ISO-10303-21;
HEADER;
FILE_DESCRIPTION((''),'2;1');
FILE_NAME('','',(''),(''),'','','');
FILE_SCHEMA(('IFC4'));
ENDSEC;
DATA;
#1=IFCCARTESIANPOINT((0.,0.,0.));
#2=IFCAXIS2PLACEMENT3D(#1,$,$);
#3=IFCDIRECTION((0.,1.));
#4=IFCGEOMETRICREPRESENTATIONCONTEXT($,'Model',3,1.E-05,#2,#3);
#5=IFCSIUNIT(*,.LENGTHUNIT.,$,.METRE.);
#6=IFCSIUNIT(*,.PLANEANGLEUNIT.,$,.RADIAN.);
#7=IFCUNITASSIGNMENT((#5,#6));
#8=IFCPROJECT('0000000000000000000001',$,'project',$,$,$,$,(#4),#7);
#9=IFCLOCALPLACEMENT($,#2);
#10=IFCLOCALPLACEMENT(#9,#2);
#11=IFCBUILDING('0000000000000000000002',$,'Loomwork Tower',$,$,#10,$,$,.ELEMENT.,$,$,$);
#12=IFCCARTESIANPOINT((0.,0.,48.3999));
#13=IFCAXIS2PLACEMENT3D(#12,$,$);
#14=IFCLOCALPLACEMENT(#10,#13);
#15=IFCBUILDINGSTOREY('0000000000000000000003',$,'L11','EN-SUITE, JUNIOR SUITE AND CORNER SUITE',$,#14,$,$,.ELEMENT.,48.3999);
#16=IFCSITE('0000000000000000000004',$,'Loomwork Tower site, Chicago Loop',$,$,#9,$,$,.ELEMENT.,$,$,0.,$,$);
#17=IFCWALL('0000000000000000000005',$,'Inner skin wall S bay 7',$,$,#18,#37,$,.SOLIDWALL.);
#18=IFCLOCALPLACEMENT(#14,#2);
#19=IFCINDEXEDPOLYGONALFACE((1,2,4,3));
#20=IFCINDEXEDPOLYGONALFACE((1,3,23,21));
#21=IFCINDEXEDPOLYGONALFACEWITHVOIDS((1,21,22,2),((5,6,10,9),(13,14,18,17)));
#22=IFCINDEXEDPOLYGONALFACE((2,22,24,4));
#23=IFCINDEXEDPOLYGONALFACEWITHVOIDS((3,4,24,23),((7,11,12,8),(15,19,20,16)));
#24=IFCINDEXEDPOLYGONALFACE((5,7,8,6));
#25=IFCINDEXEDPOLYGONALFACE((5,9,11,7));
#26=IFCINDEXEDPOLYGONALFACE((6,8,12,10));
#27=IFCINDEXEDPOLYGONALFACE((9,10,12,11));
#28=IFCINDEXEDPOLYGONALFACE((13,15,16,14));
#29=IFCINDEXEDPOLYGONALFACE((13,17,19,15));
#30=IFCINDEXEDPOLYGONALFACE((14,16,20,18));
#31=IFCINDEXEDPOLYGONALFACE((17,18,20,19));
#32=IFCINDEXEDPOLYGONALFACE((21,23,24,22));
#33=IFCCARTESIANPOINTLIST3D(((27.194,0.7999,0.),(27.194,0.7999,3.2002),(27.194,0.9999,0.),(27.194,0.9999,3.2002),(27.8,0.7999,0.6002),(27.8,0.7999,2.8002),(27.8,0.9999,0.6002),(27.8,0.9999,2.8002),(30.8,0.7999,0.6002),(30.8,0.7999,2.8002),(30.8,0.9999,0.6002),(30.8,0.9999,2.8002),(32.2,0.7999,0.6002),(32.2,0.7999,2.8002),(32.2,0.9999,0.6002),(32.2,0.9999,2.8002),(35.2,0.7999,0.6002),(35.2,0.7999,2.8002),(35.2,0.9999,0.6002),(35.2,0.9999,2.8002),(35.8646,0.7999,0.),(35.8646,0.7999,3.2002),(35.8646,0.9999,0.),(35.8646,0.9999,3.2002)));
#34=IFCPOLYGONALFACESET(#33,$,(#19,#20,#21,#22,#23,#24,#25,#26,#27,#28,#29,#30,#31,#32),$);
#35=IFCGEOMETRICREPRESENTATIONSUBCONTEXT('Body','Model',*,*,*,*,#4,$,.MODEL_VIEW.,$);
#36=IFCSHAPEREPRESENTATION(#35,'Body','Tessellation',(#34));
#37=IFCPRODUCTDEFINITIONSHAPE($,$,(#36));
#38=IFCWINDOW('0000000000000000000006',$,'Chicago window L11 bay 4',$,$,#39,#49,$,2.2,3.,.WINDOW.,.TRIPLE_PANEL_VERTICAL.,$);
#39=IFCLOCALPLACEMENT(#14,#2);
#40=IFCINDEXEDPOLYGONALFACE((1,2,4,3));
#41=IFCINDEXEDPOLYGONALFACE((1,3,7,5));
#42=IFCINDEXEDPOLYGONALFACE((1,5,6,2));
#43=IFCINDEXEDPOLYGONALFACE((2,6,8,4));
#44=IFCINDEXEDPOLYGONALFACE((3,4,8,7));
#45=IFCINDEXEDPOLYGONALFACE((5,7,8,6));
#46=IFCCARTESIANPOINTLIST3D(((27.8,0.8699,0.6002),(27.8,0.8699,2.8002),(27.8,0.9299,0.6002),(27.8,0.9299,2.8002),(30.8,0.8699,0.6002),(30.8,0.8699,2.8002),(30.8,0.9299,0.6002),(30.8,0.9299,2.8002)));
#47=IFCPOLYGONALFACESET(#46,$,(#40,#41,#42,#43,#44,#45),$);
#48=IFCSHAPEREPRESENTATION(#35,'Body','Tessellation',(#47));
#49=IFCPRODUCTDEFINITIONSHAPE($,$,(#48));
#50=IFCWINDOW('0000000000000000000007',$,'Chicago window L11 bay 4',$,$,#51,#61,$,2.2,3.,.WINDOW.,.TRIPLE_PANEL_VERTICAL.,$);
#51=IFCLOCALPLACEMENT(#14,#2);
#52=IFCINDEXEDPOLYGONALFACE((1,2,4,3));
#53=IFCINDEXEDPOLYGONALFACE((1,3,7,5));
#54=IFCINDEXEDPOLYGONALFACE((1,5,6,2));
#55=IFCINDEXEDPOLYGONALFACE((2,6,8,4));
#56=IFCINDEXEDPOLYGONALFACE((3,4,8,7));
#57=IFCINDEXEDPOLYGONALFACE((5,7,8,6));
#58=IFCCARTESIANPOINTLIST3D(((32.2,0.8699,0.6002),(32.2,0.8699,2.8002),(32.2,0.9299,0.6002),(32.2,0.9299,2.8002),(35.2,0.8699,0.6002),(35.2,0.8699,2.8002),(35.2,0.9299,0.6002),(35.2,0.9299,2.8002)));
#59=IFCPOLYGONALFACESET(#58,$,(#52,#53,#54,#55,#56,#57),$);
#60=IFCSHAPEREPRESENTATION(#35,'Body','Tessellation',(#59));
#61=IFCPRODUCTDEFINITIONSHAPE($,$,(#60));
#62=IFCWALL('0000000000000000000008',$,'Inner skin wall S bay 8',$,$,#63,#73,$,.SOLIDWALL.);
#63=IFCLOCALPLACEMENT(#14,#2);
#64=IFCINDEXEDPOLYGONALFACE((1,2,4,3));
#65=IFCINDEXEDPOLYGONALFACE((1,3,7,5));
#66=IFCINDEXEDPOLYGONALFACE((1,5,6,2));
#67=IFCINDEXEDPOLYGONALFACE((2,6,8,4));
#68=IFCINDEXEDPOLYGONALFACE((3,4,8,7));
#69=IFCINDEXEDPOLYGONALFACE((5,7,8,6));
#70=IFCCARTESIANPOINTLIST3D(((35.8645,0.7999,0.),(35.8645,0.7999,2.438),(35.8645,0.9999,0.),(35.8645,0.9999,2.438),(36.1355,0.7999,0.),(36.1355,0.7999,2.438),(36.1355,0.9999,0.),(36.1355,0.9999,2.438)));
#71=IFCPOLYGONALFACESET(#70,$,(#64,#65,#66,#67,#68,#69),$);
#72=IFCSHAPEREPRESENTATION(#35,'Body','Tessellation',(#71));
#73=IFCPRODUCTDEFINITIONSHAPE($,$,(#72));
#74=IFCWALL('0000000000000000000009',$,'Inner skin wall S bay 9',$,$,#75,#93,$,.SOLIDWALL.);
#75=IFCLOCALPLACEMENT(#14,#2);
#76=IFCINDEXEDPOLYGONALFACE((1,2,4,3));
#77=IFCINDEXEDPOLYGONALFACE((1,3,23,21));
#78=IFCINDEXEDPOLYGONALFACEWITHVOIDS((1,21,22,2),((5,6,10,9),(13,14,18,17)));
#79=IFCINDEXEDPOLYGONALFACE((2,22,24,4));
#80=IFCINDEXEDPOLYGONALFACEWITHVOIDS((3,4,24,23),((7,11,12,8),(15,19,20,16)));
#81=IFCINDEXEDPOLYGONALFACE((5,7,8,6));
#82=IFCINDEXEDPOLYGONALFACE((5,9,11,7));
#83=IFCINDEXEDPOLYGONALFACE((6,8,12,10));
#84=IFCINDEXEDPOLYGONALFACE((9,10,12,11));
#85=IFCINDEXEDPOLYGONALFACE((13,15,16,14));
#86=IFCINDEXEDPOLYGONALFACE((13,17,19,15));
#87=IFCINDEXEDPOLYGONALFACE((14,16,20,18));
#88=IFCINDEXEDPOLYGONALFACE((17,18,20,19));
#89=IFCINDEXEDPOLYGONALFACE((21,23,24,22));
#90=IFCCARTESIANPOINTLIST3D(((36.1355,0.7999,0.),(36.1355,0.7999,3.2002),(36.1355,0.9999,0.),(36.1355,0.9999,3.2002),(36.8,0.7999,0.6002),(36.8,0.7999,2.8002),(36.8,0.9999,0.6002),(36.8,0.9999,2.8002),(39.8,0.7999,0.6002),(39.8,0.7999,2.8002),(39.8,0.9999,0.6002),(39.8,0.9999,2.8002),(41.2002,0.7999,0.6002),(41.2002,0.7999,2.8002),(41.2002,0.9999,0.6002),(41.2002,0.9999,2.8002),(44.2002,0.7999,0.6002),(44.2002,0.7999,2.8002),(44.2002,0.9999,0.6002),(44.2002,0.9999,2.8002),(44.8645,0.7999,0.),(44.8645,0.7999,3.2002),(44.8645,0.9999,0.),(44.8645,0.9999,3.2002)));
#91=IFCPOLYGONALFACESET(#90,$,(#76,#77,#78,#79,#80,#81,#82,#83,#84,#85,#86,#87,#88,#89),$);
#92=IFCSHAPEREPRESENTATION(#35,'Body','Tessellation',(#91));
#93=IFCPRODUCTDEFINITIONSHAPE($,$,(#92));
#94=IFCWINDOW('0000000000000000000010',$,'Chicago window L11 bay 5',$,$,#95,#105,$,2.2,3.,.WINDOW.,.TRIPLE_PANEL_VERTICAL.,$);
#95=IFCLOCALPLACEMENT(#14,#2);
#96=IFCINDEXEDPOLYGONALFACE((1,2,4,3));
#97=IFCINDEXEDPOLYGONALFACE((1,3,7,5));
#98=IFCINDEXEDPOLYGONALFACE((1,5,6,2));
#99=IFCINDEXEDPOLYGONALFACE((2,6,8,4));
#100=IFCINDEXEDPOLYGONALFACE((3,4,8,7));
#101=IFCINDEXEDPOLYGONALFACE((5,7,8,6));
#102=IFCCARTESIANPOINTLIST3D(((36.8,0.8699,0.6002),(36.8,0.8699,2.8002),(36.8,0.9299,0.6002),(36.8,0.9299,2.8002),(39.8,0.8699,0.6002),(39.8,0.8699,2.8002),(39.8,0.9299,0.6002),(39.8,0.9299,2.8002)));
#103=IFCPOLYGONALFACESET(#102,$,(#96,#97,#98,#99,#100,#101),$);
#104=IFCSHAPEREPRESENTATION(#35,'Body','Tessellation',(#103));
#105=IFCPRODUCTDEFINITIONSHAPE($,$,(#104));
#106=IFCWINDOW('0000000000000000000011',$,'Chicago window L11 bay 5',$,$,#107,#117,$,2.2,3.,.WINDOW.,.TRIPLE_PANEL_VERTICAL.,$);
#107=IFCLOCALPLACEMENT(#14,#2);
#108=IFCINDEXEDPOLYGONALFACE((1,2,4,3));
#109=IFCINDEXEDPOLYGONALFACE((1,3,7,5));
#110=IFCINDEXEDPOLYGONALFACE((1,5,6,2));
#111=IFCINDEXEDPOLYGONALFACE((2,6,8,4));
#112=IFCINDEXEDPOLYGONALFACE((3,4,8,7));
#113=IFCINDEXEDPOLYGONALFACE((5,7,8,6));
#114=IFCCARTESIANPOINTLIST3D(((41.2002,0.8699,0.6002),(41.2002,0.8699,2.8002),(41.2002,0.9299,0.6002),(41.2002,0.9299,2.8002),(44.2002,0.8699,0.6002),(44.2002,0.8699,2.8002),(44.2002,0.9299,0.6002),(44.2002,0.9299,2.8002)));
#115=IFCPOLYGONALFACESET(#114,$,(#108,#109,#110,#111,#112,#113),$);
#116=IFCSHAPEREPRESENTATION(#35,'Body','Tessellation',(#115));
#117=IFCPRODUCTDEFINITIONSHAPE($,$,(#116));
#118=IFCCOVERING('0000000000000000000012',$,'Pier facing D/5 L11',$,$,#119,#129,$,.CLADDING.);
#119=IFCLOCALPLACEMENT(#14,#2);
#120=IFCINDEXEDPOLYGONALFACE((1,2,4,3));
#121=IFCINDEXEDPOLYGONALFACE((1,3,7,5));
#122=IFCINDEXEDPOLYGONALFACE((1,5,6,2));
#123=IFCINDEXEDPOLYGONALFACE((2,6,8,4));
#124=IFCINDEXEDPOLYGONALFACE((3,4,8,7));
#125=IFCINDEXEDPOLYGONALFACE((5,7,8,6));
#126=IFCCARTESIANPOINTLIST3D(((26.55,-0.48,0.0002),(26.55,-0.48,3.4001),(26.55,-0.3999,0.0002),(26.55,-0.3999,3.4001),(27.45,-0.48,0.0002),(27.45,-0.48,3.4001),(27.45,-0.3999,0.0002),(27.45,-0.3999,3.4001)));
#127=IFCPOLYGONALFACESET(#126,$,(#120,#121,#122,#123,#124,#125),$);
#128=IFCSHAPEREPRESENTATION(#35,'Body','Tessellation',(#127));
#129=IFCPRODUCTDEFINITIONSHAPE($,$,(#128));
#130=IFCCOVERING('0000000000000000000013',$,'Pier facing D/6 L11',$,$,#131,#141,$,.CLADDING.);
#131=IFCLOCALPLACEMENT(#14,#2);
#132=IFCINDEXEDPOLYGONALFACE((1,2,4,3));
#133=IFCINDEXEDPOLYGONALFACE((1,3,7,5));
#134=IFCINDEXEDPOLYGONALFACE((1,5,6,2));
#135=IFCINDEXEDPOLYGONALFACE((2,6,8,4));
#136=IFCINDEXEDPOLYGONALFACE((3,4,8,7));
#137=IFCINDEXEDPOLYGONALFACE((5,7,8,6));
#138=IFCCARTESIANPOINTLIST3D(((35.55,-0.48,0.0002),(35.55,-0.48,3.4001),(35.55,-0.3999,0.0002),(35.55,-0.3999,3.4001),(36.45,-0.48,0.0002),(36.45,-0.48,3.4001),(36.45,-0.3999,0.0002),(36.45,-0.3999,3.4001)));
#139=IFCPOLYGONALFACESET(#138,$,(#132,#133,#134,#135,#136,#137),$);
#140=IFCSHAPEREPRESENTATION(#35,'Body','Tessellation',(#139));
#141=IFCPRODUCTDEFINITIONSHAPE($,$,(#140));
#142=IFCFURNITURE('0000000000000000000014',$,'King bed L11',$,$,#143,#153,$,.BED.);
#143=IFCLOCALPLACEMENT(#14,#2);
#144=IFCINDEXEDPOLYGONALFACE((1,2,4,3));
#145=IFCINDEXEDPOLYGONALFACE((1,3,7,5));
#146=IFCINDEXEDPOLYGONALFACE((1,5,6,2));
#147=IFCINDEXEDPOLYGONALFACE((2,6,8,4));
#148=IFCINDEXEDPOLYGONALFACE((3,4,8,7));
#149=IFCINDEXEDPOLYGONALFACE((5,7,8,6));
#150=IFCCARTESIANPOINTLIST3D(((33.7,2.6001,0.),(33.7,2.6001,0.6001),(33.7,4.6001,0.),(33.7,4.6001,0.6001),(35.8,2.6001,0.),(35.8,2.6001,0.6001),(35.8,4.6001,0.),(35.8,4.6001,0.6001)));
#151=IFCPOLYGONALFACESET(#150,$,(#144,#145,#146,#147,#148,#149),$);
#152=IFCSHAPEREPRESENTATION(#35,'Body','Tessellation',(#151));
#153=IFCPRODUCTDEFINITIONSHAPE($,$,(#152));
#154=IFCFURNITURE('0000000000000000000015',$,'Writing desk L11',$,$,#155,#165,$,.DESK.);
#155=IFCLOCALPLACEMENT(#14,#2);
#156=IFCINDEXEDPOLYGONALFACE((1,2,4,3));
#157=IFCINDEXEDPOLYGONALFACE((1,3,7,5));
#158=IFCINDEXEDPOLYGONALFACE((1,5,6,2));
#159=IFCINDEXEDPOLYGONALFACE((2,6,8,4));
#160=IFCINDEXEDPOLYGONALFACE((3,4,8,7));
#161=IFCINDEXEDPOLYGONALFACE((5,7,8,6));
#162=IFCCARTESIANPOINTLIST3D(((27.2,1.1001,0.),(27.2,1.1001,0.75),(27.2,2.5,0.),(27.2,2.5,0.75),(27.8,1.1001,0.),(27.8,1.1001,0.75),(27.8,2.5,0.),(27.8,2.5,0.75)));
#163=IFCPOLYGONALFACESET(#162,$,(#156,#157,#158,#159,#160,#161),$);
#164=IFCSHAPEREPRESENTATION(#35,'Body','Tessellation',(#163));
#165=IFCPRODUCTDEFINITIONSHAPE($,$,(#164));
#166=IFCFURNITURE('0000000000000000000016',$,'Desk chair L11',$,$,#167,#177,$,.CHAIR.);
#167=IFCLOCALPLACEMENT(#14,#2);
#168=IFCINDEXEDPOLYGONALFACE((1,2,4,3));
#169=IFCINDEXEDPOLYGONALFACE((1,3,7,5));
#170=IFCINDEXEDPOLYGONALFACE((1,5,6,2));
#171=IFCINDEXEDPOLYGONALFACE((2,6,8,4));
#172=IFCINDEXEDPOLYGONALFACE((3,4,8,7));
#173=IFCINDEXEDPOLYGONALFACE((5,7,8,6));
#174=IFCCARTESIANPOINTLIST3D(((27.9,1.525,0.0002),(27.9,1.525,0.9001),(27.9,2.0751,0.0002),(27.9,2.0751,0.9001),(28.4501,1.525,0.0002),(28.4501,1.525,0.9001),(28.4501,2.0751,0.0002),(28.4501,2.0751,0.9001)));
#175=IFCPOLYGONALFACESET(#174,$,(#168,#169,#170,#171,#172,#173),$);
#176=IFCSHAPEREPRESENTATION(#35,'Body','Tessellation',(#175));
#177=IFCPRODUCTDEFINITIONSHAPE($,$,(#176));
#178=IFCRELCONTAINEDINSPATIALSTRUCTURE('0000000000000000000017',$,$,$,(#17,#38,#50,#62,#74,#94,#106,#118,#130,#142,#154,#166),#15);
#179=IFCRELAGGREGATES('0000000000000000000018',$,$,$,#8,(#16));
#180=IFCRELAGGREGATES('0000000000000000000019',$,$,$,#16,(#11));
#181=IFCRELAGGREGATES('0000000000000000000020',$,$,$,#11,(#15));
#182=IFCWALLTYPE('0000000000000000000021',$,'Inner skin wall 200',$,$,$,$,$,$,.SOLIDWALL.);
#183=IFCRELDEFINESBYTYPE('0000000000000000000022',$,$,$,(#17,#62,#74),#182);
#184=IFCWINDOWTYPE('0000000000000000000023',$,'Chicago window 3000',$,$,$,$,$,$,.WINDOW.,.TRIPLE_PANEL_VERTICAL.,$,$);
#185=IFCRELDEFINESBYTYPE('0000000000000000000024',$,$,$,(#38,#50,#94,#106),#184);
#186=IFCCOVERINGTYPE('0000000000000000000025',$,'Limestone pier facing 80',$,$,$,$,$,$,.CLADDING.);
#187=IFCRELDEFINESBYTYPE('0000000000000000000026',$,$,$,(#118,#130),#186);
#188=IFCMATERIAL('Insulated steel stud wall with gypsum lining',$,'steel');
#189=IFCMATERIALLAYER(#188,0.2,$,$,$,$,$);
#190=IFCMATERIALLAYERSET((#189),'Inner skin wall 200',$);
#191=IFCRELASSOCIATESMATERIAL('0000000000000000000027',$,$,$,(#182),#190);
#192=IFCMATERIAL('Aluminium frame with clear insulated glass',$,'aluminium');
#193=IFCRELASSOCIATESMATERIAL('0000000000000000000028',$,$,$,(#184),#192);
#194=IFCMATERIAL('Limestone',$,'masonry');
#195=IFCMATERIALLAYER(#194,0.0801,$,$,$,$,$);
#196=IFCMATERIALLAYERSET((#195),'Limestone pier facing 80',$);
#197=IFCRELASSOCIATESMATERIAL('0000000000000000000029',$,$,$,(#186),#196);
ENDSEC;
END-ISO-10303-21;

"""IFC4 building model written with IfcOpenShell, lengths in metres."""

from ifc_helpers import new_model, si_unit, direction, frame, frame_2d, origin, origin_2d, place, context, subcontext, project, spatial, rectangle, extrude, material, layer, layer_set, type_object, element, fill, save


model = new_model("IFC4")

# Units and contexts
model_context = context("Model", 3, precision=1e-05, world=origin(), true_north=direction((0.0, 1.0)))
body_context = subcontext(model_context, "Body", "Model", "MODEL_VIEW")
ifc_project = project(units=[si_unit("LENGTHUNIT", "METRE"), si_unit("PLANEANGLEUNIT", "RADIAN")], contexts=[model_context])

# Site, building, storey
site_placement = place(None, origin())
site = spatial("IfcSite", under=ifc_project, at=site_placement, Name="Loomwork Tower site, Chicago Loop", CompositionType="ELEMENT", RefElevation=0.0)
building_placement = place(site_placement, origin())
building = spatial("IfcBuilding", under=site, at=building_placement, Name="Loomwork Tower", CompositionType="ELEMENT")
storey_placement = place(building_placement, frame((0.0, 0.0, 48.3999)))
storey = spatial("IfcBuildingStorey", under=building, at=storey_placement, Name="L11", Description="EN-SUITE, JUNIOR SUITE AND CORNER SUITE", CompositionType="ELEMENT", Elevation=48.3999)

# Shared definitions
ifc_material_1 = material(Name="Insulated steel stud wall with gypsum lining", Category="steel")
ifc_layer_1 = layer(ifc_material_1, 0.2)
ifc_layer_set_1 = layer_set([ifc_layer_1], Name="Inner skin wall 200")
wall_type = type_object("IfcWallType", Name="Inner skin wall 200", PredefinedType="SOLIDWALL", material=ifc_layer_set_1)

# Wall, openings, windows
wall_1_placement = place(storey_placement, frame((27.1938, 0.8999, 0.0), z_axis=(0.0, 0.0, 1.0), x_axis=(1.0, 0.0, 0.0)))
wall_1 = element("IfcWall", 1, at=wall_1_placement, inside=storey, type_object=wall_type, Name="Inner skin wall S bay 7", PredefinedType="SOLIDWALL", context=body_context, shape_type="SweptSolid", body=[
    extrude(rectangle(XDim=8.6707, YDim=0.2, at=frame_2d((4.3354, 0.0))), origin(), (0.0, 0.0, 1.0), 3.2002),
])
opening_1_placement = place(wall_1_placement, frame((0.6062, 0.0, 0.6001)))
opening_1 = element("IfcOpeningElement", 2, at=opening_1_placement, cuts=wall_1, PredefinedType="OPENING", context=body_context, shape_type="SweptSolid", body=[
    extrude(rectangle(XDim=3.0, YDim=2.2, at=frame_2d((1.5, 1.1001))), frame((0.0, 0.1099, 0.0), z_axis=(0.0, -1.0, 0.0), x_axis=(1.0, 0.0, 0.0)), (0.0, 0.0, 1.0), 0.22),
])
opening_2_placement = place(wall_1_placement, frame((5.0061, 0.0, 0.6001)))
opening_2 = element("IfcOpeningElement", 3, at=opening_2_placement, cuts=wall_1, PredefinedType="OPENING", context=body_context, shape_type="SweptSolid", body=[
    extrude(rectangle(XDim=3.0, YDim=2.2, at=frame_2d((1.5, 1.1001))), frame((0.0, 0.1099, 0.0), z_axis=(0.0, -1.0, 0.0), x_axis=(1.0, 0.0, 0.0)), (0.0, 0.0, 1.0), 0.22),
])
ifc_material_2 = material(Name="Aluminium frame with clear insulated glass", Category="aluminium")
window_type = type_object("IfcWindowType", Name="Chicago window 3000", PartitioningType="TRIPLE_PANEL_VERTICAL", PredefinedType="WINDOW", material=ifc_material_2)
window_1_placement = place(opening_1_placement, origin())
window_1 = element("IfcWindow", 4, at=window_1_placement, inside=storey, type_object=window_type, Name="Chicago window L11 bay 4", OverallHeight=2.2, OverallWidth=3.0, PartitioningType="TRIPLE_PANEL_VERTICAL", PredefinedType="WINDOW", context=body_context, shape_type="SweptSolid", body=[
    extrude(rectangle(XDim=3.0, YDim=2.2, at=frame_2d((1.5, 1.1001))), frame((0.0, 0.03, 0.0), z_axis=(0.0, -1.0, 0.0), x_axis=(1.0, 0.0, 0.0)), (0.0, 0.0, 1.0), 0.0601),
])
fill(opening_1, window_1)
window_2_placement = place(opening_2_placement, origin())
window_2 = element("IfcWindow", 5, at=window_2_placement, inside=storey, type_object=window_type, Name="Chicago window L11 bay 4", OverallHeight=2.2, OverallWidth=3.0, PartitioningType="TRIPLE_PANEL_VERTICAL", PredefinedType="WINDOW", context=body_context, shape_type="SweptSolid", body=[
    extrude(rectangle(XDim=3.0, YDim=2.2, at=frame_2d((1.5, 1.1001))), frame((0.0, 0.03, 0.0), z_axis=(0.0, -1.0, 0.0), x_axis=(1.0, 0.0, 0.0)), (0.0, 0.0, 1.0), 0.0601),
])
fill(opening_2, window_2)

# Wall
wall_2_placement = place(storey_placement, frame((35.8645, 0.8999, 0.0), z_axis=(0.0, 0.0, 1.0), x_axis=(1.0, 0.0, 0.0)))
element("IfcWall", 6, at=wall_2_placement, inside=storey, type_object=wall_type, Name="Inner skin wall S bay 8", PredefinedType="SOLIDWALL", context=body_context, shape_type="SweptSolid", body=[
    extrude(rectangle(XDim=0.271, YDim=0.2, at=frame_2d((0.1355, 0.0))), origin(), (0.0, 0.0, 1.0), 2.438),
])

# Wall, openings, windows
wall_3_placement = place(storey_placement, frame((36.1355, 0.8999, 0.0), z_axis=(0.0, 0.0, 1.0), x_axis=(1.0, 0.0, 0.0)))
wall_3 = element("IfcWall", 7, at=wall_3_placement, inside=storey, type_object=wall_type, Name="Inner skin wall S bay 9", PredefinedType="SOLIDWALL", context=body_context, shape_type="SweptSolid", body=[
    extrude(rectangle(XDim=8.729, YDim=0.2, at=frame_2d((4.3645, 0.0))), origin(), (0.0, 0.0, 1.0), 3.2002),
])
opening_3_placement = place(wall_3_placement, frame((0.6646, 0.0, 0.6001)))
opening_3 = element("IfcOpeningElement", 8, at=opening_3_placement, cuts=wall_3, PredefinedType="OPENING", context=body_context, shape_type="SweptSolid", body=[
    extrude(rectangle(XDim=3.0, YDim=2.2, at=frame_2d((1.5, 1.1001))), frame((0.0, 0.1099, 0.0), z_axis=(0.0, -1.0, 0.0), x_axis=(1.0, 0.0, 0.0)), (0.0, 0.0, 1.0), 0.22),
])
opening_4_placement = place(wall_3_placement, frame((5.0647, 0.0, 0.6001)))
opening_4 = element("IfcOpeningElement", 9, at=opening_4_placement, cuts=wall_3, PredefinedType="OPENING", context=body_context, shape_type="SweptSolid", body=[
    extrude(rectangle(XDim=3.0, YDim=2.2, at=frame_2d((1.5, 1.1001))), frame((0.0, 0.1099, 0.0), z_axis=(0.0, -1.0, 0.0), x_axis=(1.0, 0.0, 0.0)), (0.0, 0.0, 1.0), 0.22),
])
window_3_placement = place(opening_3_placement, origin())
window_3 = element("IfcWindow", 10, at=window_3_placement, inside=storey, type_object=window_type, Name="Chicago window L11 bay 5", OverallHeight=2.2, OverallWidth=3.0, PartitioningType="TRIPLE_PANEL_VERTICAL", PredefinedType="WINDOW", context=body_context, shape_type="SweptSolid", body=[
    extrude(rectangle(XDim=3.0, YDim=2.2, at=frame_2d((1.5, 1.1001))), frame((0.0, 0.03, 0.0), z_axis=(0.0, -1.0, 0.0), x_axis=(1.0, 0.0, 0.0)), (0.0, 0.0, 1.0), 0.0601),
])
fill(opening_3, window_3)
window_4_placement = place(opening_4_placement, origin())
window_4 = element("IfcWindow", 11, at=window_4_placement, inside=storey, type_object=window_type, Name="Chicago window L11 bay 5", OverallHeight=2.2, OverallWidth=3.0, PartitioningType="TRIPLE_PANEL_VERTICAL", PredefinedType="WINDOW", context=body_context, shape_type="SweptSolid", body=[
    extrude(rectangle(XDim=3.0, YDim=2.2, at=frame_2d((1.5, 1.1001))), frame((0.0, 0.03, 0.0), z_axis=(0.0, -1.0, 0.0), x_axis=(1.0, 0.0, 0.0)), (0.0, 0.0, 1.0), 0.0601),
])
fill(opening_4, window_4)

# Coverings
ifc_material_3 = material(Name="Limestone", Category="masonry")
ifc_layer_2 = layer(ifc_material_3, 0.0801)
ifc_layer_set_2 = layer_set([ifc_layer_2], Name="Limestone pier facing 80")
covering_type = type_object("IfcCoveringType", Name="Limestone pier facing 80", PredefinedType="CLADDING", material=ifc_layer_set_2)
for number, where, z_axis, x_axis, name in (
    (12, (27.0, -0.4399, 0.0002), (0.0, 0.0, 1.0), (1.0, 0.0, 0.0), "Pier facing D/5 L11"),
    (13, (36.0, -0.4399, 0.0002), (0.0, 0.0, 1.0), (1.0, 0.0, 0.0), "Pier facing D/6 L11"),
):
    element("IfcCovering", number, at=place(storey_placement, frame(where, z_axis=z_axis, x_axis=x_axis)), inside=storey, type_object=covering_type, Name=name, PredefinedType="CLADDING", context=body_context, shape_type="SweptSolid", body=[
        extrude(rectangle(XDim=0.8999, YDim=0.0801, at=origin_2d()), origin(), (0.0, 0.0, 1.0), 3.3999),
    ])

# Furniture
furniture_1_placement = place(storey_placement, frame((34.75, 3.6001, 0.0), z_axis=(0.0, 0.0, 1.0), x_axis=(1.0, 0.0, 0.0)))
element("IfcFurniture", 14, at=furniture_1_placement, inside=storey, Name="King bed L11", PredefinedType="BED", context=body_context, shape_type="SweptSolid", body=[
    extrude(rectangle(XDim=2.1001, YDim=2.0, at=origin_2d()), origin(), (0.0, 0.0, 1.0), 0.6001),
])
furniture_2_placement = place(storey_placement, frame((27.5, 1.8, 0.0), z_axis=(0.0, 0.0, 1.0), x_axis=(1.0, 0.0, 0.0)))
element("IfcFurniture", 15, at=furniture_2_placement, inside=storey, Name="Writing desk L11", PredefinedType="DESK", context=body_context, shape_type="SweptSolid", body=[
    extrude(rectangle(XDim=0.6001, YDim=1.3999, at=origin_2d()), origin(), (0.0, 0.0, 1.0), 0.75),
])
furniture_3_placement = place(storey_placement, frame((28.175, 1.8, 0.0002), z_axis=(0.0, 0.0, 1.0), x_axis=(1.0, 0.0, 0.0)))
element("IfcFurniture", 16, at=furniture_3_placement, inside=storey, Name="Desk chair L11", PredefinedType="CHAIR", context=body_context, shape_type="SweptSolid", body=[
    extrude(rectangle(XDim=0.55, YDim=0.55, at=origin_2d()), origin(), (0.0, 0.0, 1.0), 0.8999),
])

save(model, "model.ifc")
